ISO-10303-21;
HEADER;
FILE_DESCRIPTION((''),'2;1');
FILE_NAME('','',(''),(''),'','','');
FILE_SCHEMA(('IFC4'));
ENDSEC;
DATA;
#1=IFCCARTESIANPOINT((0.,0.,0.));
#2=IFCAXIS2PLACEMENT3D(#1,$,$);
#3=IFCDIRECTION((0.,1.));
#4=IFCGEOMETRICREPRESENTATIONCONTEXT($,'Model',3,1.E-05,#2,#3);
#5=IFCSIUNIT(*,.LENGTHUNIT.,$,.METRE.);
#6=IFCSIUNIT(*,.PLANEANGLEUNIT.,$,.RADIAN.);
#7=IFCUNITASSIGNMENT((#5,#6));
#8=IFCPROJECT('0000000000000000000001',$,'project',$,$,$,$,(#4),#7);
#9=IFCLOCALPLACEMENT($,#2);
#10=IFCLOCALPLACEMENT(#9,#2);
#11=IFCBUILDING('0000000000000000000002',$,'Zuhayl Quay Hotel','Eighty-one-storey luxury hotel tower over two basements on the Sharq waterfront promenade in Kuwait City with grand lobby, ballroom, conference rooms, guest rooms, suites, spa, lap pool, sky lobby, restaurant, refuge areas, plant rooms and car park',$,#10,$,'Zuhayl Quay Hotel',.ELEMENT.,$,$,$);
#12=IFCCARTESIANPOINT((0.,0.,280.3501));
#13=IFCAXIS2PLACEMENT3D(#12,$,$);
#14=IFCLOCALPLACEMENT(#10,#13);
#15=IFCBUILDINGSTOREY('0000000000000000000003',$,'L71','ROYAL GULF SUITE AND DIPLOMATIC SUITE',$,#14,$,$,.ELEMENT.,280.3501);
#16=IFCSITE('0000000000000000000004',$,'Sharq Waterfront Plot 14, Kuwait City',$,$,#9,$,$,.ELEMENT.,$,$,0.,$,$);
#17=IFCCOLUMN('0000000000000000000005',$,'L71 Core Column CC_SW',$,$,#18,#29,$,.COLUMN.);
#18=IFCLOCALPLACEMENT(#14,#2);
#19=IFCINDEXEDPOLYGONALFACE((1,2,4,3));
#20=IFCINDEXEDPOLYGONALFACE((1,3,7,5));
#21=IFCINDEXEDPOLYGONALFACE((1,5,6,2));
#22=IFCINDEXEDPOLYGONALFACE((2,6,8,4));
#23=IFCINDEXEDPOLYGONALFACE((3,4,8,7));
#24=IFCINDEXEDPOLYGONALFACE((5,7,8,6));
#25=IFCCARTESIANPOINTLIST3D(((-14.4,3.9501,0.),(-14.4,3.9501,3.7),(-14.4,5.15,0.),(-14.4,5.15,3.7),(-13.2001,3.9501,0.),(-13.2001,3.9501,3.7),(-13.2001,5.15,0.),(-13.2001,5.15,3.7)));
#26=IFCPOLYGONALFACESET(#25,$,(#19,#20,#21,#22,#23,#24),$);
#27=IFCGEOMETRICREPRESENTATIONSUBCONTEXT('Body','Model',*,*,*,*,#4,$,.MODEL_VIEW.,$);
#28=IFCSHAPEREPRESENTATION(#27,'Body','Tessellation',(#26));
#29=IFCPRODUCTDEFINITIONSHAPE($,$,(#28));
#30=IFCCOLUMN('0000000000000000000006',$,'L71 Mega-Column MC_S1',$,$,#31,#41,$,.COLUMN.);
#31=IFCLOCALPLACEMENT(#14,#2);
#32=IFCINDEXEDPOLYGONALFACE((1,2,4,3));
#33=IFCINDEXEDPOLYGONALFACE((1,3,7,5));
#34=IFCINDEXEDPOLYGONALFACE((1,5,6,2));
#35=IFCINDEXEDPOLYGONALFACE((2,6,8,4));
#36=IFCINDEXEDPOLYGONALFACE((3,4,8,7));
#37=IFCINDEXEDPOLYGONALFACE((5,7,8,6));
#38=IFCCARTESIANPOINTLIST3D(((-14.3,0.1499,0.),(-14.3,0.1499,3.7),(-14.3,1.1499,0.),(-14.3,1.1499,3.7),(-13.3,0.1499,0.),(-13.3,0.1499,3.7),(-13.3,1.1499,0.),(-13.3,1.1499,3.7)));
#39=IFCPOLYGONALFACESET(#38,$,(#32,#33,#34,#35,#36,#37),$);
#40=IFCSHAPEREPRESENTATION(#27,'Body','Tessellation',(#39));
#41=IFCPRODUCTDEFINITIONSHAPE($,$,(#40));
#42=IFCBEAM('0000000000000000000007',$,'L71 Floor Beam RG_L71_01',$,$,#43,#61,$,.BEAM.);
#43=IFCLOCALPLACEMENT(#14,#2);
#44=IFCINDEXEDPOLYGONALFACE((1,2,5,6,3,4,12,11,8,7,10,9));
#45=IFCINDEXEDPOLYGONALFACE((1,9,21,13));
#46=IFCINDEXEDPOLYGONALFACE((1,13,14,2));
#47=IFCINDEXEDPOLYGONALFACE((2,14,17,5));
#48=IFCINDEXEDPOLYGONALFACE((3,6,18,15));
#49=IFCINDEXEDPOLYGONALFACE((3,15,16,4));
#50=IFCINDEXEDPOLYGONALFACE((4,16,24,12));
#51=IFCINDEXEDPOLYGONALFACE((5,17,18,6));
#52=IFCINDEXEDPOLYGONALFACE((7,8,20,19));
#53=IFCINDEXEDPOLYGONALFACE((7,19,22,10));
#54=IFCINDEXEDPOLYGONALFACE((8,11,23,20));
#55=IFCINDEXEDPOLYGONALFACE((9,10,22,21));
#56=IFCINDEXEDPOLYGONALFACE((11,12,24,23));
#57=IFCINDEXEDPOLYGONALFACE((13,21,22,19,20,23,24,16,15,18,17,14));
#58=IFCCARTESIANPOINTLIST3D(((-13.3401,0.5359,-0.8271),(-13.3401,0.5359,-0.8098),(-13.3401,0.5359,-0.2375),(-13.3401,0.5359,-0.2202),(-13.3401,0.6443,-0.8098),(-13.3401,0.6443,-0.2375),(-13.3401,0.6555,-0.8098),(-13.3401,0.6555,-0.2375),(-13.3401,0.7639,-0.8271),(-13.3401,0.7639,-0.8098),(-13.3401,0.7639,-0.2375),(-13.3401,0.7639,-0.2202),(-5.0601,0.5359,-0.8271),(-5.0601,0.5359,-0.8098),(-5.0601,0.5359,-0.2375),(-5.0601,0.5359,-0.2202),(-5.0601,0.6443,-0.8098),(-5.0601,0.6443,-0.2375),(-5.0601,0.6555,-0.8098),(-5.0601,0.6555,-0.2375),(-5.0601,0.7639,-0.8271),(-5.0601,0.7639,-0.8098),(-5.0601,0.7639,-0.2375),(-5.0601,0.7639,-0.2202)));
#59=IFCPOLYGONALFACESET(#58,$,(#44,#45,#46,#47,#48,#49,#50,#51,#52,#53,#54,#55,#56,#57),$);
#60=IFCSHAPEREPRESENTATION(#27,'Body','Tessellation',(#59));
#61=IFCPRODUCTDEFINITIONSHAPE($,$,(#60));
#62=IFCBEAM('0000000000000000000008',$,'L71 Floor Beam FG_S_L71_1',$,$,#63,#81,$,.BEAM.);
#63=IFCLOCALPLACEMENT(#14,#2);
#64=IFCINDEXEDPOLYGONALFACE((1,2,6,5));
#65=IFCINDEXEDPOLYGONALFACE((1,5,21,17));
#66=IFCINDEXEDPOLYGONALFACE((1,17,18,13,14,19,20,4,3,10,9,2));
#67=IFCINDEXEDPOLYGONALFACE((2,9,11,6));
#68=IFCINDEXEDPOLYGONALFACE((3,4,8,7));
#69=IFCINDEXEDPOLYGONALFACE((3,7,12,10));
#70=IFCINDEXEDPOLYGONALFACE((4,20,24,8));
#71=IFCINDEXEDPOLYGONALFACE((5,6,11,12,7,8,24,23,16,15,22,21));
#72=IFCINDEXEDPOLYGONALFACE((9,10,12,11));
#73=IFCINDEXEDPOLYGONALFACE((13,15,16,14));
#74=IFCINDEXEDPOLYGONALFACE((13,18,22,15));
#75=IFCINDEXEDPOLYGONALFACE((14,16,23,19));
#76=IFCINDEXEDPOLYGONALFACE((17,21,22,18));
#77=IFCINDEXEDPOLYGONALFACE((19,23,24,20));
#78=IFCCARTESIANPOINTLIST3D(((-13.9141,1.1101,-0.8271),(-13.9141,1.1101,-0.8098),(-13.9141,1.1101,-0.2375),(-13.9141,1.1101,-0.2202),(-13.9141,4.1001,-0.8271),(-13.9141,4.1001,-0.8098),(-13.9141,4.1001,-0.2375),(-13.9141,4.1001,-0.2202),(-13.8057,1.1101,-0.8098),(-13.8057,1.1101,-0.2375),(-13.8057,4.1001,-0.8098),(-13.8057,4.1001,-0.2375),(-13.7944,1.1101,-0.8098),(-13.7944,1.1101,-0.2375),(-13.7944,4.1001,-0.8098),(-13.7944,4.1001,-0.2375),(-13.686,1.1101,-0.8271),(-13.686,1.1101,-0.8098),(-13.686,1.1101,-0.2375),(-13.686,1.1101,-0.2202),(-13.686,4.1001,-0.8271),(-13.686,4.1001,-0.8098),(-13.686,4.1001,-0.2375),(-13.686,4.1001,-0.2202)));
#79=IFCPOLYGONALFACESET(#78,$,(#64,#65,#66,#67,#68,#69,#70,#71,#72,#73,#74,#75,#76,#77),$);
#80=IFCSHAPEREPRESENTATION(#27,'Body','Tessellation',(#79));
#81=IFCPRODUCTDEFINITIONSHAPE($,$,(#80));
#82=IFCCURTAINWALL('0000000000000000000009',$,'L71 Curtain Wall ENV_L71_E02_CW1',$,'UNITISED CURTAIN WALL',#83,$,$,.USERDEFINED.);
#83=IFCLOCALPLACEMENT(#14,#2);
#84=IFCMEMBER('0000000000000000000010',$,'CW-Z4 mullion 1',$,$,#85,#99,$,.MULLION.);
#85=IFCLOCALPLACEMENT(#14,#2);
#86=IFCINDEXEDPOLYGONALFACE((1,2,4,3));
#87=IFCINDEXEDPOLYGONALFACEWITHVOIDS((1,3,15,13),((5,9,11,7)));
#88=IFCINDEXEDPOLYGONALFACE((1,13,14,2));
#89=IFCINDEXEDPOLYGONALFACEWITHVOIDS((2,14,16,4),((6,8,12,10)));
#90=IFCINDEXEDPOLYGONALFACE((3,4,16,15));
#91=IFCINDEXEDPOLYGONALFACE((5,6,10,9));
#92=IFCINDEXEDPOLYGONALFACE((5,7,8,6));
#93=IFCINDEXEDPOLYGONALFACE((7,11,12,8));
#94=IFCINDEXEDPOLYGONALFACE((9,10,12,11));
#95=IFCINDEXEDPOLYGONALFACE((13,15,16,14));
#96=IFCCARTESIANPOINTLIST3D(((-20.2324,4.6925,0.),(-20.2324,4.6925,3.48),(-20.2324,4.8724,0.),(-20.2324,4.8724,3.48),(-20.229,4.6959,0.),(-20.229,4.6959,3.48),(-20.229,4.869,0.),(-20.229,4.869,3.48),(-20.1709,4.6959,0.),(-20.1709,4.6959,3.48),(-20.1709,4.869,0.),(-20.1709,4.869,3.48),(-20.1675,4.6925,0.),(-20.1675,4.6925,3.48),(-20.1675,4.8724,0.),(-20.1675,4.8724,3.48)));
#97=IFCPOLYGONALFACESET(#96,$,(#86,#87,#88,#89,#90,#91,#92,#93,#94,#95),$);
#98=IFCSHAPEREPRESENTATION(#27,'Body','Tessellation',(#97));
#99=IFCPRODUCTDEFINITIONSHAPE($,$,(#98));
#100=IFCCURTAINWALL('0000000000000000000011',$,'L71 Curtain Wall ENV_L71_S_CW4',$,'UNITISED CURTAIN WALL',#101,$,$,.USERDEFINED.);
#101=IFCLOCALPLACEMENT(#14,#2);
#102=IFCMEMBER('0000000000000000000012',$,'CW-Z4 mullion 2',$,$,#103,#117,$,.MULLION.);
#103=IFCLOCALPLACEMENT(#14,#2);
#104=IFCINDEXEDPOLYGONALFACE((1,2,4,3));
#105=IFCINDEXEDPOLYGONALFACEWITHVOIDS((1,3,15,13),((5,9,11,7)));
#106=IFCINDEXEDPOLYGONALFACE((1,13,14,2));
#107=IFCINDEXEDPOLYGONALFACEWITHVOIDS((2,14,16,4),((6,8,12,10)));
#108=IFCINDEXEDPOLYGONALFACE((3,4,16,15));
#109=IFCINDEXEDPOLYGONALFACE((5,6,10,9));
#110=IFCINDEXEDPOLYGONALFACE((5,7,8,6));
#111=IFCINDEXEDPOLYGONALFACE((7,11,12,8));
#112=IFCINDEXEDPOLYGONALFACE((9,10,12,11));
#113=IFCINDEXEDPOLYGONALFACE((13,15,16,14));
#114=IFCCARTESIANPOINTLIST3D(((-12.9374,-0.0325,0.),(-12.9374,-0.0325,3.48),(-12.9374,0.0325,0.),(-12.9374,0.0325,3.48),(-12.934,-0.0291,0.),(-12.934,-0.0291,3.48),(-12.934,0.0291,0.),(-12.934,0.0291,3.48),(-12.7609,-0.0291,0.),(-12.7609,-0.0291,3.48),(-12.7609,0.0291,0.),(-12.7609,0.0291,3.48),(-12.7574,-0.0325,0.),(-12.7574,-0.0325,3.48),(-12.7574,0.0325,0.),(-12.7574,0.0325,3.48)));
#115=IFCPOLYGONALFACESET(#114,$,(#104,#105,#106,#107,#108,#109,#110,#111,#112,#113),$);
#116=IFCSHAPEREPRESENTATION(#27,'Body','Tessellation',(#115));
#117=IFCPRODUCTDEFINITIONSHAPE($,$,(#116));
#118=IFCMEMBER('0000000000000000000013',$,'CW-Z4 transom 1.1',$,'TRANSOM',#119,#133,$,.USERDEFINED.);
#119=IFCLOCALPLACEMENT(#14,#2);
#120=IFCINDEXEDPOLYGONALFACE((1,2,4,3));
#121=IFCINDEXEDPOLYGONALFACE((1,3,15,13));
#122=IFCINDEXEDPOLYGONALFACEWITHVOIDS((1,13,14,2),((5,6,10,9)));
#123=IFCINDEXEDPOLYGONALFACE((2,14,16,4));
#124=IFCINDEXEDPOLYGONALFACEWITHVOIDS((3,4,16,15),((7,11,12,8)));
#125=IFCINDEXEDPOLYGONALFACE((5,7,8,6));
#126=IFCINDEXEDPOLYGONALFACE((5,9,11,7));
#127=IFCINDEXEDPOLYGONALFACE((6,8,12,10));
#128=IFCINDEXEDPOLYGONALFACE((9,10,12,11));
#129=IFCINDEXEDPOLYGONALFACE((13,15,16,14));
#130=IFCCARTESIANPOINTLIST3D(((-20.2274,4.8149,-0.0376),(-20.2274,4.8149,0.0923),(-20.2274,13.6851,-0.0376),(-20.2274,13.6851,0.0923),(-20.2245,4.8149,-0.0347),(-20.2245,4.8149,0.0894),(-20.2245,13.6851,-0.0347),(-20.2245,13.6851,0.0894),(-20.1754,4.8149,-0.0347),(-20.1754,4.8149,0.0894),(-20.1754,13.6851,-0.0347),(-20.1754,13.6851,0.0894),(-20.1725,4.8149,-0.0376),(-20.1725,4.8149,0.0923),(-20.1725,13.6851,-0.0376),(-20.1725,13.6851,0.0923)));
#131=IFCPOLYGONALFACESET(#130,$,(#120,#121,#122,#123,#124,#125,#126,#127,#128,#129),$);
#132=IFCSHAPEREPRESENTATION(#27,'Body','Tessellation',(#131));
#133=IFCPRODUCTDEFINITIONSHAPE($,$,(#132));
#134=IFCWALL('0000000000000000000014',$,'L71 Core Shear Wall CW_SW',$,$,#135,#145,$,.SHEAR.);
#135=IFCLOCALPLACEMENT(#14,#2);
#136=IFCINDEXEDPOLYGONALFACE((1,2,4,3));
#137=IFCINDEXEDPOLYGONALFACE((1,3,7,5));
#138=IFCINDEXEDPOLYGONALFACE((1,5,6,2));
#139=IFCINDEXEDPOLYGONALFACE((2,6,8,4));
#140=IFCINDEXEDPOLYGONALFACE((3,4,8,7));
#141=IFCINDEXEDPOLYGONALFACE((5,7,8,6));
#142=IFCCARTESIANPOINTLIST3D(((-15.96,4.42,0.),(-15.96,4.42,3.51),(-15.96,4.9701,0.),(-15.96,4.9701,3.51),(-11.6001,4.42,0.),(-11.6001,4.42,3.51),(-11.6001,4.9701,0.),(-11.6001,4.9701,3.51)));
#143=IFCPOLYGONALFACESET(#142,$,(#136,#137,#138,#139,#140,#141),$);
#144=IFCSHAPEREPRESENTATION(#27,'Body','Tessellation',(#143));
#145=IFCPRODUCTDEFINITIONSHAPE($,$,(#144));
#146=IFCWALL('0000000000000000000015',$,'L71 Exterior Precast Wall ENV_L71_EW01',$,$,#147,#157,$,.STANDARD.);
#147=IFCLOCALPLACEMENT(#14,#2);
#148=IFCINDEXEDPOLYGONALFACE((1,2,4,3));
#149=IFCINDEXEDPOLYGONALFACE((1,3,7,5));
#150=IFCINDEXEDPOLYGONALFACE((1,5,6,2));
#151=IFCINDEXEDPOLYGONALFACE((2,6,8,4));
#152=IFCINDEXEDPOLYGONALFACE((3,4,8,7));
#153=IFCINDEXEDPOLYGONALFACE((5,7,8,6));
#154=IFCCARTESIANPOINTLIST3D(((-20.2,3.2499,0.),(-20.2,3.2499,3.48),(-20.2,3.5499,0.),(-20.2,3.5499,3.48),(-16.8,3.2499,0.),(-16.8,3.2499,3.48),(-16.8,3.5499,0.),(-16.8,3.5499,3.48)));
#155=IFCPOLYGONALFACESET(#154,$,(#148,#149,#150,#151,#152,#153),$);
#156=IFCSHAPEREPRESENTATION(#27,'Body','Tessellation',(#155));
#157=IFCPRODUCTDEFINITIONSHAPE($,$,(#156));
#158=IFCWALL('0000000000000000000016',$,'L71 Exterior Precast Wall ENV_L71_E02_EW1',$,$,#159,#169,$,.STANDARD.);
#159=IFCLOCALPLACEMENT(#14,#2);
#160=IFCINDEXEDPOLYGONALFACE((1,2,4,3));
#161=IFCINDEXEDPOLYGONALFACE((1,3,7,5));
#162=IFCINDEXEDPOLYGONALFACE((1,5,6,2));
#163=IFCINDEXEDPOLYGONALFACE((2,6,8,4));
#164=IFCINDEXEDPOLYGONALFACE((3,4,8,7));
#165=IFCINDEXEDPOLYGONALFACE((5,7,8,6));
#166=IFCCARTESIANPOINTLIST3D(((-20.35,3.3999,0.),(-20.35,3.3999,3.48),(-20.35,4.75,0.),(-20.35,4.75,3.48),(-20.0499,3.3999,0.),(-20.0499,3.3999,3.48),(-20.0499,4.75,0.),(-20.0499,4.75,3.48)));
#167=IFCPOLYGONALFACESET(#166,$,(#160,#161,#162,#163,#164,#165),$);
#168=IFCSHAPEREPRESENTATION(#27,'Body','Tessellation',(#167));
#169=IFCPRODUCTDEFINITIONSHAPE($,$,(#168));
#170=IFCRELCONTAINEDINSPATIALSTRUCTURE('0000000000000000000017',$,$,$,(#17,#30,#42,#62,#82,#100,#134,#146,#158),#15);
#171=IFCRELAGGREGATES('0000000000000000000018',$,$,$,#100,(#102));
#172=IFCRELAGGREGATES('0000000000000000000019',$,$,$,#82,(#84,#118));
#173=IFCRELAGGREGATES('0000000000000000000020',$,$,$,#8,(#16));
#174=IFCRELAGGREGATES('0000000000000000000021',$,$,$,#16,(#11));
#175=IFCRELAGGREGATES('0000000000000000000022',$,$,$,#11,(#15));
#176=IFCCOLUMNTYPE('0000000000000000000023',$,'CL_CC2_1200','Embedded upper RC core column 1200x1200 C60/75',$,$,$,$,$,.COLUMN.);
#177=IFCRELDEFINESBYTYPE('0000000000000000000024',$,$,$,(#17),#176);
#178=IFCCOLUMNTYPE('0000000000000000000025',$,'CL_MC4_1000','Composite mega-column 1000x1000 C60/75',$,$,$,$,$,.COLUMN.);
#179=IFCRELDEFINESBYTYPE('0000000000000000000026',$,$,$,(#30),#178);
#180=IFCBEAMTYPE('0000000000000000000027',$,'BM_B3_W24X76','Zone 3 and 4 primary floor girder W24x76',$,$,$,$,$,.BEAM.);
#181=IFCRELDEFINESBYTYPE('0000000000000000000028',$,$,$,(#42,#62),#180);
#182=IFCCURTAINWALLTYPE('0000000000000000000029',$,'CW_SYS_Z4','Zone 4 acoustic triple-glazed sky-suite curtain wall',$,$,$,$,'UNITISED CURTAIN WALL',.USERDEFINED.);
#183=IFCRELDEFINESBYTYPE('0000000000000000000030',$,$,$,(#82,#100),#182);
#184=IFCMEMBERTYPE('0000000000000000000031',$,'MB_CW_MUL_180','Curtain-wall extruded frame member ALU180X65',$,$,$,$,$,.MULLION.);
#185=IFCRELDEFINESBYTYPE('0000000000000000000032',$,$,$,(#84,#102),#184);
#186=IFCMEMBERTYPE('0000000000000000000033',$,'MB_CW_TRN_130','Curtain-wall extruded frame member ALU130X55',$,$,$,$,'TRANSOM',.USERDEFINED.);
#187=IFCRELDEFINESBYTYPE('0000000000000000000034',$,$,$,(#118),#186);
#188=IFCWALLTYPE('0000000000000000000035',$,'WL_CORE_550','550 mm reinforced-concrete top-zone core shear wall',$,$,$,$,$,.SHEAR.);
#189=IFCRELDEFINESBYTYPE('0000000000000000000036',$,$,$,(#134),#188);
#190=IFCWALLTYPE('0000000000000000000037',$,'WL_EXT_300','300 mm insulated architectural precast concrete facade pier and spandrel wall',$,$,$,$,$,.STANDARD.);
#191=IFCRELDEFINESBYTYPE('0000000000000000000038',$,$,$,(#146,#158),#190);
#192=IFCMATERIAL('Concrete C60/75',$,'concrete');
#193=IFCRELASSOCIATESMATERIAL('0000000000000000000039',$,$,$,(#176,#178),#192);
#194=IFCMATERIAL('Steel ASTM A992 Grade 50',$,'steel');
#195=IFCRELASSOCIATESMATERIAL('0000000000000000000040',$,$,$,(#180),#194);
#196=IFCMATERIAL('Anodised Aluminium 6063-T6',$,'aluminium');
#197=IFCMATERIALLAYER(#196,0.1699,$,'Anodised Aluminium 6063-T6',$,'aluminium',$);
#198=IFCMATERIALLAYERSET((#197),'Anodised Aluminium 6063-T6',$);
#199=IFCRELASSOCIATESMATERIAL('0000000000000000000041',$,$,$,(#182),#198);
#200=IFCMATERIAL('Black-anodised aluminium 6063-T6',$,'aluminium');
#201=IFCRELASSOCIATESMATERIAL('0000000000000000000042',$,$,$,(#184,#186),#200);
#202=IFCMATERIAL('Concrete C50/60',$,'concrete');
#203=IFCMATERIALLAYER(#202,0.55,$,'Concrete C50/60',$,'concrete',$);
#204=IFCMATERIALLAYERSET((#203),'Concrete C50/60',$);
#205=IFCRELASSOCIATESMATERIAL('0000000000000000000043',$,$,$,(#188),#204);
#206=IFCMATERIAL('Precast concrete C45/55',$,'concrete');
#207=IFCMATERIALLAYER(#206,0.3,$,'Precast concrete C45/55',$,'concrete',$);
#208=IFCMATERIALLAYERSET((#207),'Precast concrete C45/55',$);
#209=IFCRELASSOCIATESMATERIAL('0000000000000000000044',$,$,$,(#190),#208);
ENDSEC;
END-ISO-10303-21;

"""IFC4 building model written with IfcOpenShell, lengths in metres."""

from ifc_helpers import new_model, si_unit, direction, frame, frame_2d, origin, origin_2d, place, context, subcontext, project, spatial, rectangle, hollow_rectangle, i_section, extrude, material, layer, layer_set, material_profile, profile_set, type_object, element, aggregate, save


model = new_model("IFC4")

# Units and contexts
model_context = context("Model", 3, precision=1e-05, world=origin(), true_north=direction((0.0, 1.0)))
body_context = subcontext(model_context, "Body", "Model", "MODEL_VIEW")
ifc_project = project(units=[si_unit("LENGTHUNIT", "METRE"), si_unit("PLANEANGLEUNIT", "RADIAN")], contexts=[model_context])

# Site, building, storey
site_placement = place(None, origin())
site = spatial("IfcSite", under=ifc_project, at=site_placement, Name="Sharq Waterfront Plot 14, Kuwait City", CompositionType="ELEMENT", RefElevation=0.0)
building_placement = place(site_placement, origin())
building = spatial("IfcBuilding", under=site, at=building_placement, Name="Zuhayl Quay Hotel", Description="Eighty-one-storey luxury hotel tower over two basements on the Sharq waterfront promenade in Kuwait City with grand lobby, ballroom, conference rooms, guest rooms, suites, spa, lap pool, sky lobby, restaurant, refuge areas, plant rooms and car park", LongName="Zuhayl Quay Hotel", CompositionType="ELEMENT")
storey_placement = place(building_placement, frame((0.0, 0.0, 280.3501)))
storey = spatial("IfcBuildingStorey", under=building, at=storey_placement, Name="L71", Description="ROYAL GULF SUITE AND DIPLOMATIC SUITE", CompositionType="ELEMENT", Elevation=280.3501)

# Columns
ifc_material_1 = material(Name="Concrete C60/75", Category="concrete")
ifc_material_profile_1 = material_profile(ifc_material_1, rectangle(XDim=1.2, YDim=1.2, at=origin_2d()), Name="RC1200X1200")
ifc_profile_set_1 = profile_set([ifc_material_profile_1], Name="Concrete C60/75")
column_type_1 = type_object("IfcColumnType", Name="CL_CC2_1200", Description="Embedded upper RC core column 1200x1200 C60/75", PredefinedType="COLUMN", material=ifc_profile_set_1)
column_1_placement = place(storey_placement, frame((-13.8, 4.55, 0.0), z_axis=(0.0, 0.0, 1.0), x_axis=(1.0, 0.0, 0.0)))
element("IfcColumn", 1, at=column_1_placement, inside=storey, type_object=column_type_1, Name="L71 Core Column CC_SW", PredefinedType="COLUMN", context=body_context, shape_type="SweptSolid", body=[
    extrude(rectangle(XDim=1.2, YDim=1.2, at=origin_2d()), origin(), (0.0, 0.0, 1.0), 3.7),
])
ifc_material_profile_2 = material_profile(ifc_material_1, rectangle(XDim=1.0, YDim=1.0, at=origin_2d()), Name="RC1000X1000")
ifc_profile_set_2 = profile_set([ifc_material_profile_2], Name="Concrete C60/75")
column_type_2 = type_object("IfcColumnType", Name="CL_MC4_1000", Description="Composite mega-column 1000x1000 C60/75", PredefinedType="COLUMN", material=ifc_profile_set_2)
column_2_placement = place(storey_placement, frame((-13.8, 0.6499, 0.0), z_axis=(0.0, 0.0, 1.0), x_axis=(1.0, 0.0, 0.0)))
element("IfcColumn", 2, at=column_2_placement, inside=storey, type_object=column_type_2, Name="L71 Mega-Column MC_S1", PredefinedType="COLUMN", context=body_context, shape_type="SweptSolid", body=[
    extrude(rectangle(XDim=1.0, YDim=1.0, at=origin_2d()), origin(), (0.0, 0.0, 1.0), 3.7),
])

# Beams
ifc_material_2 = material(Name="Steel ASTM A992 Grade 50", Category="steel")
ifc_material_profile_3 = material_profile(ifc_material_2, i_section(OverallWidth=0.228, OverallDepth=0.6069, WebThickness=0.0112, FlangeThickness=0.0173, at=origin_2d()), Name="W24X76")
ifc_profile_set_3 = profile_set([ifc_material_profile_3], Name="Steel ASTM A992 Grade 50")
beam_type = type_object("IfcBeamType", Name="BM_B3_W24X76", Description="Zone 3 and 4 primary floor girder W24x76", PredefinedType="BEAM", material=ifc_profile_set_3)
beam_1_placement = place(storey_placement, frame((-13.3401, 0.6499, -0.5237), z_axis=(1.0, 0.0, 0.0), x_axis=(0.0, 1.0, 0.0)))
element("IfcBeam", 3, at=beam_1_placement, inside=storey, type_object=beam_type, Name="L71 Floor Beam RG_L71_01", PredefinedType="BEAM", context=body_context, shape_type="SweptSolid", body=[
    extrude(i_section(OverallWidth=0.228, OverallDepth=0.6069, WebThickness=0.0112, FlangeThickness=0.0173, at=origin_2d()), origin(), (0.0, 0.0, 1.0), 8.28),
])
beam_2_placement = place(storey_placement, frame((-13.8, 1.1101, -0.5237), z_axis=(0.0, 1.0, 0.0), x_axis=(-1.0, 0.0, 0.0)))
element("IfcBeam", 4, at=beam_2_placement, inside=storey, type_object=beam_type, Name="L71 Floor Beam FG_S_L71_1", PredefinedType="BEAM", context=body_context, shape_type="SweptSolid", body=[
    extrude(i_section(OverallWidth=0.228, OverallDepth=0.6069, WebThickness=0.0112, FlangeThickness=0.0173, at=origin_2d()), origin(), (0.0, 0.0, 1.0), 2.99),
])

# Curtain walls, members
ifc_material_3 = material(Name="Anodised Aluminium 6063-T6", Category="aluminium")
ifc_layer_1 = layer(ifc_material_3, 0.1699, Name="Anodised Aluminium 6063-T6", Category="aluminium")
ifc_layer_set_1 = layer_set([ifc_layer_1], Name="Anodised Aluminium 6063-T6")
curtain_wall_type = type_object("IfcCurtainWallType", Name="CW_SYS_Z4", Description="Zone 4 acoustic triple-glazed sky-suite curtain wall", ElementType="UNITISED CURTAIN WALL", PredefinedType="USERDEFINED", material=ifc_layer_set_1)
curtain_wall_1_placement = place(storey_placement, origin())
curtain_wall_1 = element("IfcCurtainWall", 5, at=curtain_wall_1_placement, inside=storey, type_object=curtain_wall_type, Name="L71 Curtain Wall ENV_L71_E02_CW1", ObjectType="UNITISED CURTAIN WALL", PredefinedType="USERDEFINED")
ifc_material_4 = material(Name="Black-anodised aluminium 6063-T6", Category="aluminium")
ifc_material_profile_4 = material_profile(ifc_material_4, hollow_rectangle(XDim=0.0649, YDim=0.1799, WallThickness=0.0034, at=origin_2d()), Name="ALU180X65")
ifc_profile_set_4 = profile_set([ifc_material_profile_4], Name="Black-anodised aluminium 6063-T6")
member_type_1 = type_object("IfcMemberType", Name="MB_CW_MUL_180", Description="Curtain-wall extruded frame member ALU180X65", PredefinedType="MULLION", material=ifc_profile_set_4)
member_1_placement = place(storey_placement, frame((-20.2, 4.7825, 0.0), z_axis=(0.0, 0.0, 1.0), x_axis=(-1.0, 0.0, 0.0)))
member_1 = element("IfcMember", 6, at=member_1_placement, type_object=member_type_1, Name="CW-Z4 mullion 1", PredefinedType="MULLION", context=body_context, shape_type="SweptSolid", body=[
    extrude(hollow_rectangle(XDim=0.0649, YDim=0.1799, WallThickness=0.0034, at=origin_2d()), origin(), (0.0, 0.0, 1.0), 3.48),
])
curtain_wall_2_placement = place(storey_placement, origin())
curtain_wall_2 = element("IfcCurtainWall", 7, at=curtain_wall_2_placement, inside=storey, type_object=curtain_wall_type, Name="L71 Curtain Wall ENV_L71_S_CW4", ObjectType="UNITISED CURTAIN WALL", PredefinedType="USERDEFINED")
member_2_placement = place(storey_placement, frame((-12.8474, 0.0, 0.0), z_axis=(0.0, 0.0, 1.0), x_axis=(0.0, -1.0, 0.0)))
member_2 = element("IfcMember", 8, at=member_2_placement, type_object=member_type_1, Name="CW-Z4 mullion 2", PredefinedType="MULLION", context=body_context, shape_type="SweptSolid", body=[
    extrude(hollow_rectangle(XDim=0.0649, YDim=0.1799, WallThickness=0.0034, at=origin_2d()), origin(), (0.0, 0.0, 1.0), 3.48),
])
aggregate(curtain_wall_2, [member_2])

# Member
ifc_material_profile_5 = material_profile(ifc_material_4, hollow_rectangle(XDim=0.0549, YDim=0.1299, WallThickness=0.0029, at=origin_2d()), Name="ALU130X55")
ifc_profile_set_5 = profile_set([ifc_material_profile_5], Name="Black-anodised aluminium 6063-T6")
member_type_2 = type_object("IfcMemberType", Name="MB_CW_TRN_130", Description="Curtain-wall extruded frame member ALU130X55", ElementType="TRANSOM", PredefinedType="USERDEFINED", material=ifc_profile_set_5)
member_3_placement = place(storey_placement, frame((-20.2, 4.8149, 0.0273), z_axis=(0.0, 1.0, 0.0), x_axis=(-1.0, 0.0, 0.0)))
member_3 = element("IfcMember", 9, at=member_3_placement, type_object=member_type_2, Name="CW-Z4 transom 1.1", ObjectType="TRANSOM", PredefinedType="USERDEFINED", context=body_context, shape_type="SweptSolid", body=[
    extrude(hollow_rectangle(XDim=0.0549, YDim=0.1299, WallThickness=0.0029, at=origin_2d()), origin(), (0.0, 0.0, 1.0), 8.8701),
])
aggregate(curtain_wall_1, [member_1, member_3])

# Walls
ifc_material_5 = material(Name="Concrete C50/60", Category="concrete")
ifc_layer_2 = layer(ifc_material_5, 0.55, Name="Concrete C50/60", Category="concrete")
ifc_layer_set_2 = layer_set([ifc_layer_2], Name="Concrete C50/60")
wall_type_1 = type_object("IfcWallType", Name="WL_CORE_550", Description="550 mm reinforced-concrete top-zone core shear wall", PredefinedType="SHEAR", material=ifc_layer_set_2)
wall_1_placement = place(storey_placement, frame((-15.96, 4.6951, 0.0), z_axis=(0.0, 0.0, 1.0), x_axis=(1.0, 0.0, 0.0)))
element("IfcWall", 10, at=wall_1_placement, inside=storey, type_object=wall_type_1, Name="L71 Core Shear Wall CW_SW", PredefinedType="SHEAR", context=body_context, shape_type="SweptSolid", body=[
    extrude(rectangle(XDim=4.3599, YDim=0.55, at=frame_2d((2.1799, 0.0))), origin(), (0.0, 0.0, 1.0), 3.51),
])
ifc_material_6 = material(Name="Precast concrete C45/55", Category="concrete")
ifc_layer_3 = layer(ifc_material_6, 0.3, Name="Precast concrete C45/55", Category="concrete")
ifc_layer_set_3 = layer_set([ifc_layer_3], Name="Precast concrete C45/55")
wall_type_2 = type_object("IfcWallType", Name="WL_EXT_300", Description="300 mm insulated architectural precast concrete facade pier and spandrel wall", PredefinedType="STANDARD", material=ifc_layer_set_3)
wall_2_placement = place(storey_placement, frame((-16.8, 3.3999, 0.0), z_axis=(0.0, 0.0, 1.0), x_axis=(-1.0, 0.0, 0.0)))
element("IfcWall", 11, at=wall_2_placement, inside=storey, type_object=wall_type_2, Name="L71 Exterior Precast Wall ENV_L71_EW01", PredefinedType="STANDARD", context=body_context, shape_type="SweptSolid", body=[
    extrude(rectangle(XDim=3.3999, YDim=0.3, at=frame_2d((1.7, 0.0))), origin(), (0.0, 0.0, 1.0), 3.48),
])
wall_3_placement = place(storey_placement, frame((-20.2, 3.3999, 0.0), z_axis=(0.0, 0.0, 1.0), x_axis=(0.0, 1.0, 0.0)))
element("IfcWall", 12, at=wall_3_placement, inside=storey, type_object=wall_type_2, Name="L71 Exterior Precast Wall ENV_L71_E02_EW1", PredefinedType="STANDARD", context=body_context, shape_type="SweptSolid", body=[
    extrude(rectangle(XDim=1.3501, YDim=0.3, at=frame_2d((0.675, 0.0))), origin(), (0.0, 0.0, 1.0), 3.48),
])

save(model, "model.ifc")
